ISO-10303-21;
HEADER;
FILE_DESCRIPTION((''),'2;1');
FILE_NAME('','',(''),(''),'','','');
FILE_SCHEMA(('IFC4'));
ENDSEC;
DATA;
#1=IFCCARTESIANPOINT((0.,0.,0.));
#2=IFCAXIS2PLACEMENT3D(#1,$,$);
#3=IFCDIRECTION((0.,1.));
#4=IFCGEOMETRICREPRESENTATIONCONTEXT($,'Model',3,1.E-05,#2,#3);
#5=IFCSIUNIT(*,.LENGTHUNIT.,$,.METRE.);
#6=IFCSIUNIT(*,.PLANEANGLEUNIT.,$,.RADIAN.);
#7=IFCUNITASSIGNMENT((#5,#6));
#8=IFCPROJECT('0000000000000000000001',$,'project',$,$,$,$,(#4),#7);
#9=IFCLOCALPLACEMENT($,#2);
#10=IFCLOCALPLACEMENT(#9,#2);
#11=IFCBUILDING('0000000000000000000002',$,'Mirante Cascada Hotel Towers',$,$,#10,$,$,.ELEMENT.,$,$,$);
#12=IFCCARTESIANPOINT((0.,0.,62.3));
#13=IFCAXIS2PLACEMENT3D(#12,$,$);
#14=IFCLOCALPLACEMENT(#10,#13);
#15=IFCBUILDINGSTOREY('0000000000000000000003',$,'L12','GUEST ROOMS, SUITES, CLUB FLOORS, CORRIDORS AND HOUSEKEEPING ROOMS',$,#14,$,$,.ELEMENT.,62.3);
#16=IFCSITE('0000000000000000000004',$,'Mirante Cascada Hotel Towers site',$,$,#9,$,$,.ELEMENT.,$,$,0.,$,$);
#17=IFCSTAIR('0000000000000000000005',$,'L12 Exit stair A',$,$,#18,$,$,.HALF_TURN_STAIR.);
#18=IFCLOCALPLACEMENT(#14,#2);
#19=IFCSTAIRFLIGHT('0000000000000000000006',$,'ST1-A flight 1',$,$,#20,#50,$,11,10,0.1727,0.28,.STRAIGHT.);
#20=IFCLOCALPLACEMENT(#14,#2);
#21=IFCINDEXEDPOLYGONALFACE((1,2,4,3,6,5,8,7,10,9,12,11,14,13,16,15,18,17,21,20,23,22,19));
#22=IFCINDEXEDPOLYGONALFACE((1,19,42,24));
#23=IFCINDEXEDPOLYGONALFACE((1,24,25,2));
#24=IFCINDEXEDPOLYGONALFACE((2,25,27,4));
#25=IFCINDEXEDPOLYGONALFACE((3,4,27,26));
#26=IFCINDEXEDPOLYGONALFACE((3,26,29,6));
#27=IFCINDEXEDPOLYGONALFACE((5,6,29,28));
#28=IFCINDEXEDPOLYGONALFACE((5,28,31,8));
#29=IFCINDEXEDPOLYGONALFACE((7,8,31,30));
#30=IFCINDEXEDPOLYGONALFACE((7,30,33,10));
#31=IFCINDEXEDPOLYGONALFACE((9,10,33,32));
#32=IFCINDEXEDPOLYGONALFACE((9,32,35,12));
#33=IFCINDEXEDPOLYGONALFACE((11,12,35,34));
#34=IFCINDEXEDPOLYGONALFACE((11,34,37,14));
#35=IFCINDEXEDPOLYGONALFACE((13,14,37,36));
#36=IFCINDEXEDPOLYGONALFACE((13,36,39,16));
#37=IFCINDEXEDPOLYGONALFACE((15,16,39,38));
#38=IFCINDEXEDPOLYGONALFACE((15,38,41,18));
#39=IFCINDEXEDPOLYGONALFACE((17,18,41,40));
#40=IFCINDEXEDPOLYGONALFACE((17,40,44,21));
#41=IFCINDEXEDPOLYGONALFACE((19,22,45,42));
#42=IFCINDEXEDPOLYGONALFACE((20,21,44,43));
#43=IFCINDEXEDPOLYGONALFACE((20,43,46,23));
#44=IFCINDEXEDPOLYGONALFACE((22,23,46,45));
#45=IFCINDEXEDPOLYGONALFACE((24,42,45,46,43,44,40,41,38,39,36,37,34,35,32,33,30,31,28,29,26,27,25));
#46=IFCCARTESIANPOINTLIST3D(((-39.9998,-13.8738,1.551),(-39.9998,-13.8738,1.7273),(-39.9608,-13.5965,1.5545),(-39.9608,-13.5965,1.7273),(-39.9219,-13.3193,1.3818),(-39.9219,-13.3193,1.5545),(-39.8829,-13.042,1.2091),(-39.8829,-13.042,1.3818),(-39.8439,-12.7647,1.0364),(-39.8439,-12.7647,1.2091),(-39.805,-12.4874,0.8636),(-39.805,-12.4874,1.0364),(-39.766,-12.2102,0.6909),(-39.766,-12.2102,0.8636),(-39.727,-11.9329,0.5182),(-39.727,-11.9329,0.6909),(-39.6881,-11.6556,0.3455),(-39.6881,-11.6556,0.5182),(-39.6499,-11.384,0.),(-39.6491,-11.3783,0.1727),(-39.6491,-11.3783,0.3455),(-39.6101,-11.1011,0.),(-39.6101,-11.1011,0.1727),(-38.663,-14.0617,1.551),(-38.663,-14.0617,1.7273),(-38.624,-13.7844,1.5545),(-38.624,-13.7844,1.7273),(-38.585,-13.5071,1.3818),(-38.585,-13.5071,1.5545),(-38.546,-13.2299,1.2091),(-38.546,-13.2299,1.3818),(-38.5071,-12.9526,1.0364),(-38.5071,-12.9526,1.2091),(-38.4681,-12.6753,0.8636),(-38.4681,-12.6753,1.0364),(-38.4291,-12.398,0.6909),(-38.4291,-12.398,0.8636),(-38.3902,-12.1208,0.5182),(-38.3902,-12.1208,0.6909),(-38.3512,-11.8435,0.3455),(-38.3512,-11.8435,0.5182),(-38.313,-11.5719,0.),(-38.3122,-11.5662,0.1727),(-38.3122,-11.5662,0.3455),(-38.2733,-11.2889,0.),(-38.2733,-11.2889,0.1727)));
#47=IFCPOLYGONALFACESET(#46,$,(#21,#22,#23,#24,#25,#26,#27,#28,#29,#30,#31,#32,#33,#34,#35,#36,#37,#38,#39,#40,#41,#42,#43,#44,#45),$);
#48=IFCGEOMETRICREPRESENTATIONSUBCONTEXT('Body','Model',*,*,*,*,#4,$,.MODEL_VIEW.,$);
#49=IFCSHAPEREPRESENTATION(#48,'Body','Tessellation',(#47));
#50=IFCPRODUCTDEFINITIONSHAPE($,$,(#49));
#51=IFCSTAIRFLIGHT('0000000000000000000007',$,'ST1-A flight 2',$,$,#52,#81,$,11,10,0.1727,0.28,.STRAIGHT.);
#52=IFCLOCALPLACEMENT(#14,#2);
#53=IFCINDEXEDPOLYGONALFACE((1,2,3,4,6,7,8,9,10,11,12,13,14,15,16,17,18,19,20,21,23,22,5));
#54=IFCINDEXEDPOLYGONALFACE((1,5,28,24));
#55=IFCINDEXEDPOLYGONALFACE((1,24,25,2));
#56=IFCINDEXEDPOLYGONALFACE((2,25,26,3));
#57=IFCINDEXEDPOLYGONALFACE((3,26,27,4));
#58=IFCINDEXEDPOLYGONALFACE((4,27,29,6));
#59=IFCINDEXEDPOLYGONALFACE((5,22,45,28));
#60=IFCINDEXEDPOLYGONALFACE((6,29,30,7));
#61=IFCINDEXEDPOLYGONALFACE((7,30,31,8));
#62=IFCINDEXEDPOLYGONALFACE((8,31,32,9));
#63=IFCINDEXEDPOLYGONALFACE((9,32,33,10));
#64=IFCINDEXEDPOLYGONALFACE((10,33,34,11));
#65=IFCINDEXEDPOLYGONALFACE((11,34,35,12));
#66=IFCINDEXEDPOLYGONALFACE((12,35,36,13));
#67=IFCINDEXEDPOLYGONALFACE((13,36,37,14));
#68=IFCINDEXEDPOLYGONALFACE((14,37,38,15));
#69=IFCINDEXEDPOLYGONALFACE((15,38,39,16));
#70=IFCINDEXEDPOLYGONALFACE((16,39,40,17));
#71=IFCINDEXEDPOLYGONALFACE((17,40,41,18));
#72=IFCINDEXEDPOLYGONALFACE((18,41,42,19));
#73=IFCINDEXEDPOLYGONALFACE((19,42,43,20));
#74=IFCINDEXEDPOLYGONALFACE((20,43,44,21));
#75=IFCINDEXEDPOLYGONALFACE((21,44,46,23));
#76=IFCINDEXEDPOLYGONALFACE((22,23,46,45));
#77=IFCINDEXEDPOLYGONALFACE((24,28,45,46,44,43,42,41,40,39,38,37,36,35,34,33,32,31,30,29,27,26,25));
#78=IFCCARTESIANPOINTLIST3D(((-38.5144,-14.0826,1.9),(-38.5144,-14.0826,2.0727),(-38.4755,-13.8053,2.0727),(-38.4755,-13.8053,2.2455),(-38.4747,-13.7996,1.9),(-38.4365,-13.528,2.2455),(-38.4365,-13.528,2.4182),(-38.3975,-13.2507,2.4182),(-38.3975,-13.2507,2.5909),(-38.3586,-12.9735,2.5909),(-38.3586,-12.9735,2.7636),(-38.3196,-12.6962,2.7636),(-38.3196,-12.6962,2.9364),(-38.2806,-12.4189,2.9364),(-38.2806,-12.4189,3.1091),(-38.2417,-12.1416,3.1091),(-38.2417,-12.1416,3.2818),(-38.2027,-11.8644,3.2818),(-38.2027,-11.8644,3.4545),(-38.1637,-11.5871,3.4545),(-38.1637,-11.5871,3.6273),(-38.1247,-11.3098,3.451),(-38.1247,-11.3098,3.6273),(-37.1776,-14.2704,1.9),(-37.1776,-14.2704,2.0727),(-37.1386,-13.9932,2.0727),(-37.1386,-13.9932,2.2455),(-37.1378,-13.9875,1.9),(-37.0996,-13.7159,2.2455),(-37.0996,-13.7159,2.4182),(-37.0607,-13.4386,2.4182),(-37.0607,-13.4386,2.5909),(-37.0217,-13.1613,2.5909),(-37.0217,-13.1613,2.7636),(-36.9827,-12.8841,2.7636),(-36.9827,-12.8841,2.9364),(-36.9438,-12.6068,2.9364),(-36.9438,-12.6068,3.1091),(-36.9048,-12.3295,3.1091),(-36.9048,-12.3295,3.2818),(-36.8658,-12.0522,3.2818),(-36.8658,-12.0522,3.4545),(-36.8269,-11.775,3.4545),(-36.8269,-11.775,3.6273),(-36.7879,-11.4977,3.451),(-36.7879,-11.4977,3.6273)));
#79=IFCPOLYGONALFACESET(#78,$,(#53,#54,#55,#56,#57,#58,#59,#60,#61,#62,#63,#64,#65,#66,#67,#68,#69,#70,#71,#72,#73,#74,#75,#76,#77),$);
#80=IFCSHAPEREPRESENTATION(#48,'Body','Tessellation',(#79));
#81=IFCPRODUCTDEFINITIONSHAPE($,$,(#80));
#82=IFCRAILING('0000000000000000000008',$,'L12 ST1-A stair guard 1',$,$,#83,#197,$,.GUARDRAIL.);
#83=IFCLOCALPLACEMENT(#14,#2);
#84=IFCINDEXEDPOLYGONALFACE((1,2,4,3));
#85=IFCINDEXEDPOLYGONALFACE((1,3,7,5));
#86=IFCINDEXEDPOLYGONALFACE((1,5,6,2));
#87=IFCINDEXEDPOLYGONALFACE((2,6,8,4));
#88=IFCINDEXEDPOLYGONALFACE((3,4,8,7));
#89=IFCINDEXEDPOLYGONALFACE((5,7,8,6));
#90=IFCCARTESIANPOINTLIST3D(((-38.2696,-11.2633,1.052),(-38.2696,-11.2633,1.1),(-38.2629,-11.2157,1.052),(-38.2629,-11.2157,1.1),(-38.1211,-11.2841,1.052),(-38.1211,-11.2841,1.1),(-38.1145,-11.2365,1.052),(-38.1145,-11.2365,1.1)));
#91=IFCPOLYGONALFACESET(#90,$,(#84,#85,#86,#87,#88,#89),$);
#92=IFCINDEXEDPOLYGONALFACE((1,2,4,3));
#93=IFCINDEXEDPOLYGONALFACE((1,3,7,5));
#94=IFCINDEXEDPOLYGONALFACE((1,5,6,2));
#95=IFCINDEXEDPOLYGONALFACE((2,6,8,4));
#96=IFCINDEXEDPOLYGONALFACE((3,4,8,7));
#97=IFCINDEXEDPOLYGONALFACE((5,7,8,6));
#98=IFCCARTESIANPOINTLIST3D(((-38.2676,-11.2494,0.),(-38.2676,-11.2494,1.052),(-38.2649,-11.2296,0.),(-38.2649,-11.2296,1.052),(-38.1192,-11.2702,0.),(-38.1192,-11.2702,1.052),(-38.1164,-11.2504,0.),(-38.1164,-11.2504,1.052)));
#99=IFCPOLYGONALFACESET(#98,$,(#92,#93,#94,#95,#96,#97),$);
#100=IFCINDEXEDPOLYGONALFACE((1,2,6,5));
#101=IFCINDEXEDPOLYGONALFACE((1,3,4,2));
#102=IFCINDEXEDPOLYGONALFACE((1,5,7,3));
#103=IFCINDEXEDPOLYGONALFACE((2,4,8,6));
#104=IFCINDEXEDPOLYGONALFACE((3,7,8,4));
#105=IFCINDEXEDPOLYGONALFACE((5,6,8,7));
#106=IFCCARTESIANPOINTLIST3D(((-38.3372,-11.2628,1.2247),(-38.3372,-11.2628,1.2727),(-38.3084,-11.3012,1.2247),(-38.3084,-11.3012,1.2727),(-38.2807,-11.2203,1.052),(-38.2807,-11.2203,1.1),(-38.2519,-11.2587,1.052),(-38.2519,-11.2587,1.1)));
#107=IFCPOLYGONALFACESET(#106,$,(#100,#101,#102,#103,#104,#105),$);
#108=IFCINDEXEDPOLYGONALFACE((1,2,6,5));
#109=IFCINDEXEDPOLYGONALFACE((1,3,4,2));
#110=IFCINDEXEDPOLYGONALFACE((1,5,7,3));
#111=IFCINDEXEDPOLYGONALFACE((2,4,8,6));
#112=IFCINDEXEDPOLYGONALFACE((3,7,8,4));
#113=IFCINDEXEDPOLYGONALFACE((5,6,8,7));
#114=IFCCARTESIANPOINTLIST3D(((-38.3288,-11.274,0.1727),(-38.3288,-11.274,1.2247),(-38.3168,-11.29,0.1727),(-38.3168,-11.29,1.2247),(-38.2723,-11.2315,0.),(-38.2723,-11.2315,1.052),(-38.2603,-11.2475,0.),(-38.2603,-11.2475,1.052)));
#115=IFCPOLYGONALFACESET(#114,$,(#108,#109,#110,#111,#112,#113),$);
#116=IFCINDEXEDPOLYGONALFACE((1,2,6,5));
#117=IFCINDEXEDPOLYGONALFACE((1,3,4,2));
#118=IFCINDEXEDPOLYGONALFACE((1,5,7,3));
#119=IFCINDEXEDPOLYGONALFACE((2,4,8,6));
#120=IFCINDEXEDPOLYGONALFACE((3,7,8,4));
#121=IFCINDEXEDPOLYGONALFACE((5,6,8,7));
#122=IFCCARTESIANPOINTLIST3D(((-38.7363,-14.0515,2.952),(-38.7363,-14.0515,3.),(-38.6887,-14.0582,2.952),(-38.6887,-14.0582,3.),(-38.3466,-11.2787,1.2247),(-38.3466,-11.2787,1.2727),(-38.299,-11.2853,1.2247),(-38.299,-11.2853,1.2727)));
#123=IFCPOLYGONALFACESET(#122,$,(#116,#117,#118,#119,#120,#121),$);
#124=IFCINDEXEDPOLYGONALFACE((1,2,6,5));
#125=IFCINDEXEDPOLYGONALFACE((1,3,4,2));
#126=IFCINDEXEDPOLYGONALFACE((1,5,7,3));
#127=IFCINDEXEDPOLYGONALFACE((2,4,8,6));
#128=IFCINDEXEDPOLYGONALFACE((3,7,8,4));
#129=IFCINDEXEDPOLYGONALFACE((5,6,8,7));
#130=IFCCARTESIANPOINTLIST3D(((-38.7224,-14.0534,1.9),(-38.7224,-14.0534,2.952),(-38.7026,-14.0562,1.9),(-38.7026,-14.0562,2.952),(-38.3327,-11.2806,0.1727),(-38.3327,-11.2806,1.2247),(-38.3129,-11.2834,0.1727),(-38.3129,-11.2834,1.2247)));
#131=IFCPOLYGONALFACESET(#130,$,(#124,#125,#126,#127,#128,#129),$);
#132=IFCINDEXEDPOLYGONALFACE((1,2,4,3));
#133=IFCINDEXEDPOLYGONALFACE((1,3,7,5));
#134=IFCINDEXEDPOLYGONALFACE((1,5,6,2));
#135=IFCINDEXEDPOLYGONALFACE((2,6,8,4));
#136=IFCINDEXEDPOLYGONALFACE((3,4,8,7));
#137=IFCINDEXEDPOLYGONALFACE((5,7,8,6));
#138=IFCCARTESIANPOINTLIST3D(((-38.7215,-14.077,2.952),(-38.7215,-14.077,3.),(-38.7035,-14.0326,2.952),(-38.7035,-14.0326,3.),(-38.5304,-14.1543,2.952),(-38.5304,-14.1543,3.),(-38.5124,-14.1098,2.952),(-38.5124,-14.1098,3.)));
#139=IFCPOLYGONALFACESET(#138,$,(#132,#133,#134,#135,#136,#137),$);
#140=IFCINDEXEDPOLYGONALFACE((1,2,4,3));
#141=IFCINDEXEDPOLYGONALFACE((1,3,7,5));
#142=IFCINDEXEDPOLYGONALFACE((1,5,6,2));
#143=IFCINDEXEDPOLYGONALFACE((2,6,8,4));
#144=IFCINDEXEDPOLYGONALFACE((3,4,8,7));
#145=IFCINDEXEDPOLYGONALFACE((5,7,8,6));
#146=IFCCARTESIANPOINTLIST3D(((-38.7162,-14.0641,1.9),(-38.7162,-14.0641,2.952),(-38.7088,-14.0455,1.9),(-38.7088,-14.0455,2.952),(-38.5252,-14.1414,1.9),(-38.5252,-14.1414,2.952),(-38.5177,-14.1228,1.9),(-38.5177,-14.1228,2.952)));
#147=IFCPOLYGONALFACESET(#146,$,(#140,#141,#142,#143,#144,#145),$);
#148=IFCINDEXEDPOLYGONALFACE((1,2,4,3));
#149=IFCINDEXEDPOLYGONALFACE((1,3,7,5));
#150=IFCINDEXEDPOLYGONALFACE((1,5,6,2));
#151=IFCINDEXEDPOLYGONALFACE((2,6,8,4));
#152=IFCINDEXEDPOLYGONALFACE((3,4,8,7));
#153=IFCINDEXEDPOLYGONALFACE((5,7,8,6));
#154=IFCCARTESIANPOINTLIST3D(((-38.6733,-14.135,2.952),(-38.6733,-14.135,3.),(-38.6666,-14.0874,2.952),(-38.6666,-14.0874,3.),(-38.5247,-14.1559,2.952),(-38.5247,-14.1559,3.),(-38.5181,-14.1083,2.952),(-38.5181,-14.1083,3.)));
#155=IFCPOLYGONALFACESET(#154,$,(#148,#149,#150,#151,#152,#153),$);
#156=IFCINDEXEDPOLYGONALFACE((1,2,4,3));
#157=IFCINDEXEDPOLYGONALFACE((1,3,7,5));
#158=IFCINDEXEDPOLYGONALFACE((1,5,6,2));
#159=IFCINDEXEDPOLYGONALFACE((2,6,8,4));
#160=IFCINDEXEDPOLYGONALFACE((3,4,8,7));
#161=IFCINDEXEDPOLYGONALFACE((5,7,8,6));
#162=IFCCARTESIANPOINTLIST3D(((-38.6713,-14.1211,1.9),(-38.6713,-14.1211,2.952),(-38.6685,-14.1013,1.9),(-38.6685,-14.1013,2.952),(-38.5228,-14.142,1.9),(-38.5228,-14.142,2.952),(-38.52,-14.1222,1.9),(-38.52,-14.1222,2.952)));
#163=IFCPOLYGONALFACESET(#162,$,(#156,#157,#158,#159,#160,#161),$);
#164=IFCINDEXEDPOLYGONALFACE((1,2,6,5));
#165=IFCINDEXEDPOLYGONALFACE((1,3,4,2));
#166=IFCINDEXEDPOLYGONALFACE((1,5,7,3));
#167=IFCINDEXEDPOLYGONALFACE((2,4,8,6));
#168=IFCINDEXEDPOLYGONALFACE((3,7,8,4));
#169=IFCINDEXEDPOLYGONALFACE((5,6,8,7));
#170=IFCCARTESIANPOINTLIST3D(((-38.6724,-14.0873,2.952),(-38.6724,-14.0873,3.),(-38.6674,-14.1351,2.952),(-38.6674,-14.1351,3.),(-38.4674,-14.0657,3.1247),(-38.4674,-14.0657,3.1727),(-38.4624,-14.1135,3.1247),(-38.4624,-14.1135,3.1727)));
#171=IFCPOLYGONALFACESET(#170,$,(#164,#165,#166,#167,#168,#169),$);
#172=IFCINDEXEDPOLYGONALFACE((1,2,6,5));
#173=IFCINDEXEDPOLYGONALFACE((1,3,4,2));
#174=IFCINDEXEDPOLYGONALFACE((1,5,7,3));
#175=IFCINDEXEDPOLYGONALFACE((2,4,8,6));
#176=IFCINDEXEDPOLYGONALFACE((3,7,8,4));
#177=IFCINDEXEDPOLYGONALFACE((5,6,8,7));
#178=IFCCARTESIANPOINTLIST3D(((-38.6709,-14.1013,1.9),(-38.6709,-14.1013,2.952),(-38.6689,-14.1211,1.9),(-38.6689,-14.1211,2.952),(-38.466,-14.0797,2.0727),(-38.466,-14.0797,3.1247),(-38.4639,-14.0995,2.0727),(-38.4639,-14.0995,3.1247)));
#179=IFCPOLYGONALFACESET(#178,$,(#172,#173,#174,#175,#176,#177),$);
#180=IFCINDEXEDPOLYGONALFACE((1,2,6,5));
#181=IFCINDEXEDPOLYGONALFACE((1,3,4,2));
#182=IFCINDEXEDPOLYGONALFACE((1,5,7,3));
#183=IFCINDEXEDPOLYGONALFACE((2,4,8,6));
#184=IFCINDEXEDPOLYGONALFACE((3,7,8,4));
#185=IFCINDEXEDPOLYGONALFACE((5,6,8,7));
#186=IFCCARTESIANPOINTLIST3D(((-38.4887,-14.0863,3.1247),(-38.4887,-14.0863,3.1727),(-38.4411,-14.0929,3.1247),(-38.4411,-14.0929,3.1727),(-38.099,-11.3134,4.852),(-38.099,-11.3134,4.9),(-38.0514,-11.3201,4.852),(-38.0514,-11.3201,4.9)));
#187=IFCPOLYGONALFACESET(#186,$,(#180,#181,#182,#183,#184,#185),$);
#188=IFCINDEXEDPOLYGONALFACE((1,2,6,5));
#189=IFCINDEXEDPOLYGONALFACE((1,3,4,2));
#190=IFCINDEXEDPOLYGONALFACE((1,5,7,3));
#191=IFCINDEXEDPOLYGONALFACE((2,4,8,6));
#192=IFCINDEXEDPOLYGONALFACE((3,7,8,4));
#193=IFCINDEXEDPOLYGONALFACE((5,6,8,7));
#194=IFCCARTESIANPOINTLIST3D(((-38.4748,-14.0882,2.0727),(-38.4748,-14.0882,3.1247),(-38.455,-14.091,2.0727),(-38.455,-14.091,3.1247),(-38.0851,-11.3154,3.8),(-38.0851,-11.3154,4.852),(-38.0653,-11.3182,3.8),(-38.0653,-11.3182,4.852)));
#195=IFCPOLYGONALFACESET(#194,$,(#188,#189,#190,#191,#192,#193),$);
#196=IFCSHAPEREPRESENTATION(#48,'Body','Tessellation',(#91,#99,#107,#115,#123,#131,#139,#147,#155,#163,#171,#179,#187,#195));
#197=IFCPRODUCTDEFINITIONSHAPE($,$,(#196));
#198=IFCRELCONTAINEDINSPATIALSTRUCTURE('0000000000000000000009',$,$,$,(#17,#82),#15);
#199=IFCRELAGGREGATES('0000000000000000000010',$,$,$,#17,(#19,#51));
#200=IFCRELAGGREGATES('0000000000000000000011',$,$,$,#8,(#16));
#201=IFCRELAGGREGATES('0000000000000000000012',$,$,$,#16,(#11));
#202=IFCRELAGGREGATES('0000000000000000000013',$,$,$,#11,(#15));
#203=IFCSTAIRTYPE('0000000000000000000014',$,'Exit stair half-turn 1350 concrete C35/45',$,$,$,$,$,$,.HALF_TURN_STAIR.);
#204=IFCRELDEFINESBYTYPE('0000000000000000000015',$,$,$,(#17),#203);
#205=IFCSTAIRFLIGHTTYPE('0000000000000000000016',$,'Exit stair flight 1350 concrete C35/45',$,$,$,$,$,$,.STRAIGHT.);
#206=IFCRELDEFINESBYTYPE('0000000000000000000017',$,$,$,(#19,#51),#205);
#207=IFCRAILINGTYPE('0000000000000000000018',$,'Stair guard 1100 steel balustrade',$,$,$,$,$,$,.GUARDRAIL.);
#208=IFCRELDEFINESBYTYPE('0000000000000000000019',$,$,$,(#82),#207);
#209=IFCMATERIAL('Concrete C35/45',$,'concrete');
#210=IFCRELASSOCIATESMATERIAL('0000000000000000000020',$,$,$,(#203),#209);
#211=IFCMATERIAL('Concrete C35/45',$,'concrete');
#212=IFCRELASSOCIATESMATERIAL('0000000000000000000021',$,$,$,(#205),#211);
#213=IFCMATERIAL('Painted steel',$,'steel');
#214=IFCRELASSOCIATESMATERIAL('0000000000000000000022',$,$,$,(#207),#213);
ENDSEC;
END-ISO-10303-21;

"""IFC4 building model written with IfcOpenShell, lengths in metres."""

from ifc_helpers import new_model, si_unit, direction, frame, origin, origin_2d, place, context, subcontext, project, spatial, polyline, rectangle, outline, extrude, material, type_object, element, aggregate, save


model = new_model("IFC4")

# Units and contexts
model_context = context("Model", 3, precision=1e-05, world=origin(), true_north=direction((0.0, 1.0)))
body_context = subcontext(model_context, "Body", "Model", "MODEL_VIEW")
ifc_project = project(units=[si_unit("LENGTHUNIT", "METRE"), si_unit("PLANEANGLEUNIT", "RADIAN")], contexts=[model_context])

# Site, building, storey
site_placement = place(None, origin())
site = spatial("IfcSite", under=ifc_project, at=site_placement, Name="Mirante Cascada Hotel Towers site", CompositionType="ELEMENT", RefElevation=0.0)
building_placement = place(site_placement, origin())
building = spatial("IfcBuilding", under=site, at=building_placement, Name="Mirante Cascada Hotel Towers", CompositionType="ELEMENT")
storey_placement = place(building_placement, frame((0.0, 0.0, 62.3)))
storey = spatial("IfcBuildingStorey", under=building, at=storey_placement, Name="L12", Description="GUEST ROOMS, SUITES, CLUB FLOORS, CORRIDORS AND HOUSEKEEPING ROOMS", CompositionType="ELEMENT", Elevation=62.3)

# Stair, stair flights
ifc_material_1 = material(Name="Concrete C35/45", Category="concrete")
stair_type = type_object("IfcStairType", Name="Exit stair half-turn 1350 concrete C35/45", PredefinedType="HALF_TURN_STAIR", material=ifc_material_1)
stair_placement = place(storey_placement, origin())
stair = element("IfcStair", 1, at=stair_placement, inside=storey, type_object=stair_type, Name="L12 Exit stair A", PredefinedType="HALF_TURN_STAIR")
ifc_material_2 = material(Name="Concrete C35/45", Category="concrete")
stair_flight_type = type_object("IfcStairFlightType", Name="Exit stair flight 1350 concrete C35/45", PredefinedType="STRAIGHT", material=ifc_material_2)
stair_flight_1_placement = place(storey_placement, frame((-38.9417, -11.195, 0.0), z_axis=(0.0, 0.0, 1.0), x_axis=(-0.139173, -0.990268, 0.0)))
stair_flight_1 = element("IfcStairFlight", 2, at=stair_flight_1_placement, type_object=stair_flight_type, Name="ST1-A flight 1", NumberOfRisers=11, NumberOfTreads=10, PredefinedType="STRAIGHT", RiserHeight=0.1727, TreadLength=0.28, context=body_context, shape_type="SweptSolid", body=[
    extrude(outline(polyline([(0.0, 0.0), (0.0, 0.1727), (0.28, 0.1727), (0.28, 0.3455), (0.56, 0.3455), (0.56, 0.5182), (0.84, 0.5182), (0.84, 0.6909), (1.12, 0.6909), (1.12, 0.8636), (1.4, 0.8636), (1.4, 1.0364), (1.68, 1.0364), (1.68, 1.2091), (1.96, 1.2091), (1.96, 1.3818), (2.24, 1.3818), (2.24, 1.5545), (2.52, 1.5545), (2.52, 1.7273), (2.8, 1.7273), (2.8, 1.9), (2.8, 1.551), (0.2857, 0.0), (0.0, 0.0)])), frame((0.0, 0.675, 0.0), z_axis=(0.0, -1.0, 0.0), x_axis=(1.0, 0.0, 0.0)), (0.0, 0.0, 1.0), 1.35),
])
stair_flight_2_placement = place(storey_placement, frame((-37.846, -14.1765, 1.9), z_axis=(0.0, 0.0, 1.0), x_axis=(0.139173, 0.990268, 0.0)))
stair_flight_2 = element("IfcStairFlight", 3, at=stair_flight_2_placement, type_object=stair_flight_type, Name="ST1-A flight 2", NumberOfRisers=11, NumberOfTreads=10, PredefinedType="STRAIGHT", RiserHeight=0.1727, TreadLength=0.28, context=body_context, shape_type="SweptSolid", body=[
    extrude(outline(polyline([(0.0, 0.0), (0.0, 0.1727), (0.28, 0.1727), (0.28, 0.3455), (0.56, 0.3455), (0.56, 0.5182), (0.84, 0.5182), (0.84, 0.6909), (1.12, 0.6909), (1.12, 0.8636), (1.4, 0.8636), (1.4, 1.0364), (1.68, 1.0364), (1.68, 1.2091), (1.96, 1.2091), (1.96, 1.3818), (2.24, 1.3818), (2.24, 1.5545), (2.52, 1.5545), (2.52, 1.7273), (2.8, 1.7273), (2.8, 1.9), (2.8, 1.551), (0.2857, 0.0), (0.0, 0.0)])), frame((0.0, 0.675, 0.0), z_axis=(0.0, -1.0, 0.0), x_axis=(1.0, 0.0, 0.0)), (0.0, 0.0, 1.0), 1.35),
])
aggregate(stair, [stair_flight_1, stair_flight_2])

# Railing
ifc_material_3 = material(Name="Painted steel", Category="steel")
railing_type_1 = type_object("IfcRailingType", Name="Stair guard 1100 steel balustrade", PredefinedType="GUARDRAIL", material=ifc_material_3)
railing_1_placement = place(storey_placement, frame((-38.1178, -11.2603, 0.0)))
element("IfcRailing", 4, at=railing_1_placement, inside=storey, type_object=railing_type_1, Name="L12 ST1-A stair guard 1", PredefinedType="GUARDRAIL", context=body_context, shape_type="SweptSolid", body=[
    extrude(rectangle(XDim=0.048, YDim=0.048, at=origin_2d()), frame((0.0, 0.0, 1.076), z_axis=(-0.990333, 0.138713, 0.0), x_axis=(-0.138713, -0.990333, 0.0)), (0.0, 0.0, 1.0), 0.1499),
    extrude(rectangle(XDim=0.02, YDim=1.052, at=origin_2d()), frame((0.0, 0.0, 0.526), z_axis=(-0.990333, 0.138713, 0.0), x_axis=(-0.138713, -0.990333, 0.0)), (0.0, 0.0, 1.0), 0.1499),
    extrude(rectangle(XDim=0.048, YDim=0.048, at=origin_2d()), frame((-0.1485, 0.0208, 1.076), z_axis=(-0.79915, -0.601131, 0.0), x_axis=(0.601131, -0.79915, 0.0)), (0.0, 0.925453, 0.378863), 0.1866),
    extrude(rectangle(XDim=0.02, YDim=1.052, at=origin_2d()), frame((-0.1485, 0.0208, 0.526), z_axis=(-0.79915, -0.601131, 0.0), x_axis=(0.601131, -0.79915, 0.0)), (0.0, 0.925453, 0.378863), 0.1866),
    extrude(rectangle(XDim=0.048, YDim=0.048, at=origin_2d()), frame((-0.205, -0.0217, 1.2487), z_axis=(-0.139176, -0.990268, 0.0), x_axis=(0.990268, -0.139176, 0.0)), (0.0, 0.525021, 0.851089), 3.29),
    extrude(rectangle(XDim=0.02, YDim=1.052, at=origin_2d()), frame((-0.205, -0.0217, 0.6987), z_axis=(-0.139176, -0.990268, 0.0), x_axis=(0.990268, -0.139176, 0.0)), (0.0, 0.525021, 0.851089), 3.29),
    extrude(rectangle(XDim=0.048, YDim=0.048, at=origin_2d()), frame((-0.5947, -2.7945, 2.976), z_axis=(0.927031, -0.374984, 0.0), x_axis=(0.374984, 0.927031, 0.0)), (0.0, 0.0, 1.0), 0.2061),
    extrude(rectangle(XDim=0.02, YDim=1.052, at=origin_2d()), frame((-0.5947, -2.7945, 2.426), z_axis=(0.927031, -0.374984, 0.0), x_axis=(0.374984, 0.927031, 0.0)), (0.0, 0.0, 1.0), 0.2061),
    extrude(rectangle(XDim=0.048, YDim=0.048, at=origin_2d()), frame((-0.4036, -2.8718, 2.976), z_axis=(-0.990241, 0.139367, 0.0), x_axis=(-0.139367, -0.990241, 0.0)), (0.0, 0.0, 1.0), 0.15),
    extrude(rectangle(XDim=0.02, YDim=1.052, at=origin_2d()), frame((-0.4036, -2.8718, 2.426), z_axis=(-0.990241, 0.139367, 0.0), x_axis=(-0.139367, -0.990241, 0.0)), (0.0, 0.0, 1.0), 0.15),
    extrude(rectangle(XDim=0.048, YDim=0.048, at=origin_2d()), frame((-0.5521, -2.8509, 2.976), z_axis=(0.994495, 0.104786, 0.0), x_axis=(-0.104786, 0.994495, 0.0)), (0.0, 0.642203, 0.766534), 0.2689),
    extrude(rectangle(XDim=0.02, YDim=1.052, at=origin_2d()), frame((-0.5521, -2.8509, 2.426), z_axis=(0.994495, 0.104786, 0.0), x_axis=(-0.104786, 0.994495, 0.0)), (0.0, 0.642203, 0.766534), 0.2689),
    extrude(rectangle(XDim=0.048, YDim=0.048, at=origin_2d()), frame((-0.3471, -2.8293, 3.1487), z_axis=(0.139176, 0.990268, 0.0), x_axis=(-0.990268, 0.139176, 0.0)), (0.0, 0.525021, 0.851089), 3.29),
    extrude(rectangle(XDim=0.02, YDim=1.052, at=origin_2d()), frame((-0.3471, -2.8293, 2.5987), z_axis=(0.139176, 0.990268, 0.0), x_axis=(-0.990268, 0.139176, 0.0)), (0.0, 0.525021, 0.851089), 3.29),
])

save(model, "model.ifc")
